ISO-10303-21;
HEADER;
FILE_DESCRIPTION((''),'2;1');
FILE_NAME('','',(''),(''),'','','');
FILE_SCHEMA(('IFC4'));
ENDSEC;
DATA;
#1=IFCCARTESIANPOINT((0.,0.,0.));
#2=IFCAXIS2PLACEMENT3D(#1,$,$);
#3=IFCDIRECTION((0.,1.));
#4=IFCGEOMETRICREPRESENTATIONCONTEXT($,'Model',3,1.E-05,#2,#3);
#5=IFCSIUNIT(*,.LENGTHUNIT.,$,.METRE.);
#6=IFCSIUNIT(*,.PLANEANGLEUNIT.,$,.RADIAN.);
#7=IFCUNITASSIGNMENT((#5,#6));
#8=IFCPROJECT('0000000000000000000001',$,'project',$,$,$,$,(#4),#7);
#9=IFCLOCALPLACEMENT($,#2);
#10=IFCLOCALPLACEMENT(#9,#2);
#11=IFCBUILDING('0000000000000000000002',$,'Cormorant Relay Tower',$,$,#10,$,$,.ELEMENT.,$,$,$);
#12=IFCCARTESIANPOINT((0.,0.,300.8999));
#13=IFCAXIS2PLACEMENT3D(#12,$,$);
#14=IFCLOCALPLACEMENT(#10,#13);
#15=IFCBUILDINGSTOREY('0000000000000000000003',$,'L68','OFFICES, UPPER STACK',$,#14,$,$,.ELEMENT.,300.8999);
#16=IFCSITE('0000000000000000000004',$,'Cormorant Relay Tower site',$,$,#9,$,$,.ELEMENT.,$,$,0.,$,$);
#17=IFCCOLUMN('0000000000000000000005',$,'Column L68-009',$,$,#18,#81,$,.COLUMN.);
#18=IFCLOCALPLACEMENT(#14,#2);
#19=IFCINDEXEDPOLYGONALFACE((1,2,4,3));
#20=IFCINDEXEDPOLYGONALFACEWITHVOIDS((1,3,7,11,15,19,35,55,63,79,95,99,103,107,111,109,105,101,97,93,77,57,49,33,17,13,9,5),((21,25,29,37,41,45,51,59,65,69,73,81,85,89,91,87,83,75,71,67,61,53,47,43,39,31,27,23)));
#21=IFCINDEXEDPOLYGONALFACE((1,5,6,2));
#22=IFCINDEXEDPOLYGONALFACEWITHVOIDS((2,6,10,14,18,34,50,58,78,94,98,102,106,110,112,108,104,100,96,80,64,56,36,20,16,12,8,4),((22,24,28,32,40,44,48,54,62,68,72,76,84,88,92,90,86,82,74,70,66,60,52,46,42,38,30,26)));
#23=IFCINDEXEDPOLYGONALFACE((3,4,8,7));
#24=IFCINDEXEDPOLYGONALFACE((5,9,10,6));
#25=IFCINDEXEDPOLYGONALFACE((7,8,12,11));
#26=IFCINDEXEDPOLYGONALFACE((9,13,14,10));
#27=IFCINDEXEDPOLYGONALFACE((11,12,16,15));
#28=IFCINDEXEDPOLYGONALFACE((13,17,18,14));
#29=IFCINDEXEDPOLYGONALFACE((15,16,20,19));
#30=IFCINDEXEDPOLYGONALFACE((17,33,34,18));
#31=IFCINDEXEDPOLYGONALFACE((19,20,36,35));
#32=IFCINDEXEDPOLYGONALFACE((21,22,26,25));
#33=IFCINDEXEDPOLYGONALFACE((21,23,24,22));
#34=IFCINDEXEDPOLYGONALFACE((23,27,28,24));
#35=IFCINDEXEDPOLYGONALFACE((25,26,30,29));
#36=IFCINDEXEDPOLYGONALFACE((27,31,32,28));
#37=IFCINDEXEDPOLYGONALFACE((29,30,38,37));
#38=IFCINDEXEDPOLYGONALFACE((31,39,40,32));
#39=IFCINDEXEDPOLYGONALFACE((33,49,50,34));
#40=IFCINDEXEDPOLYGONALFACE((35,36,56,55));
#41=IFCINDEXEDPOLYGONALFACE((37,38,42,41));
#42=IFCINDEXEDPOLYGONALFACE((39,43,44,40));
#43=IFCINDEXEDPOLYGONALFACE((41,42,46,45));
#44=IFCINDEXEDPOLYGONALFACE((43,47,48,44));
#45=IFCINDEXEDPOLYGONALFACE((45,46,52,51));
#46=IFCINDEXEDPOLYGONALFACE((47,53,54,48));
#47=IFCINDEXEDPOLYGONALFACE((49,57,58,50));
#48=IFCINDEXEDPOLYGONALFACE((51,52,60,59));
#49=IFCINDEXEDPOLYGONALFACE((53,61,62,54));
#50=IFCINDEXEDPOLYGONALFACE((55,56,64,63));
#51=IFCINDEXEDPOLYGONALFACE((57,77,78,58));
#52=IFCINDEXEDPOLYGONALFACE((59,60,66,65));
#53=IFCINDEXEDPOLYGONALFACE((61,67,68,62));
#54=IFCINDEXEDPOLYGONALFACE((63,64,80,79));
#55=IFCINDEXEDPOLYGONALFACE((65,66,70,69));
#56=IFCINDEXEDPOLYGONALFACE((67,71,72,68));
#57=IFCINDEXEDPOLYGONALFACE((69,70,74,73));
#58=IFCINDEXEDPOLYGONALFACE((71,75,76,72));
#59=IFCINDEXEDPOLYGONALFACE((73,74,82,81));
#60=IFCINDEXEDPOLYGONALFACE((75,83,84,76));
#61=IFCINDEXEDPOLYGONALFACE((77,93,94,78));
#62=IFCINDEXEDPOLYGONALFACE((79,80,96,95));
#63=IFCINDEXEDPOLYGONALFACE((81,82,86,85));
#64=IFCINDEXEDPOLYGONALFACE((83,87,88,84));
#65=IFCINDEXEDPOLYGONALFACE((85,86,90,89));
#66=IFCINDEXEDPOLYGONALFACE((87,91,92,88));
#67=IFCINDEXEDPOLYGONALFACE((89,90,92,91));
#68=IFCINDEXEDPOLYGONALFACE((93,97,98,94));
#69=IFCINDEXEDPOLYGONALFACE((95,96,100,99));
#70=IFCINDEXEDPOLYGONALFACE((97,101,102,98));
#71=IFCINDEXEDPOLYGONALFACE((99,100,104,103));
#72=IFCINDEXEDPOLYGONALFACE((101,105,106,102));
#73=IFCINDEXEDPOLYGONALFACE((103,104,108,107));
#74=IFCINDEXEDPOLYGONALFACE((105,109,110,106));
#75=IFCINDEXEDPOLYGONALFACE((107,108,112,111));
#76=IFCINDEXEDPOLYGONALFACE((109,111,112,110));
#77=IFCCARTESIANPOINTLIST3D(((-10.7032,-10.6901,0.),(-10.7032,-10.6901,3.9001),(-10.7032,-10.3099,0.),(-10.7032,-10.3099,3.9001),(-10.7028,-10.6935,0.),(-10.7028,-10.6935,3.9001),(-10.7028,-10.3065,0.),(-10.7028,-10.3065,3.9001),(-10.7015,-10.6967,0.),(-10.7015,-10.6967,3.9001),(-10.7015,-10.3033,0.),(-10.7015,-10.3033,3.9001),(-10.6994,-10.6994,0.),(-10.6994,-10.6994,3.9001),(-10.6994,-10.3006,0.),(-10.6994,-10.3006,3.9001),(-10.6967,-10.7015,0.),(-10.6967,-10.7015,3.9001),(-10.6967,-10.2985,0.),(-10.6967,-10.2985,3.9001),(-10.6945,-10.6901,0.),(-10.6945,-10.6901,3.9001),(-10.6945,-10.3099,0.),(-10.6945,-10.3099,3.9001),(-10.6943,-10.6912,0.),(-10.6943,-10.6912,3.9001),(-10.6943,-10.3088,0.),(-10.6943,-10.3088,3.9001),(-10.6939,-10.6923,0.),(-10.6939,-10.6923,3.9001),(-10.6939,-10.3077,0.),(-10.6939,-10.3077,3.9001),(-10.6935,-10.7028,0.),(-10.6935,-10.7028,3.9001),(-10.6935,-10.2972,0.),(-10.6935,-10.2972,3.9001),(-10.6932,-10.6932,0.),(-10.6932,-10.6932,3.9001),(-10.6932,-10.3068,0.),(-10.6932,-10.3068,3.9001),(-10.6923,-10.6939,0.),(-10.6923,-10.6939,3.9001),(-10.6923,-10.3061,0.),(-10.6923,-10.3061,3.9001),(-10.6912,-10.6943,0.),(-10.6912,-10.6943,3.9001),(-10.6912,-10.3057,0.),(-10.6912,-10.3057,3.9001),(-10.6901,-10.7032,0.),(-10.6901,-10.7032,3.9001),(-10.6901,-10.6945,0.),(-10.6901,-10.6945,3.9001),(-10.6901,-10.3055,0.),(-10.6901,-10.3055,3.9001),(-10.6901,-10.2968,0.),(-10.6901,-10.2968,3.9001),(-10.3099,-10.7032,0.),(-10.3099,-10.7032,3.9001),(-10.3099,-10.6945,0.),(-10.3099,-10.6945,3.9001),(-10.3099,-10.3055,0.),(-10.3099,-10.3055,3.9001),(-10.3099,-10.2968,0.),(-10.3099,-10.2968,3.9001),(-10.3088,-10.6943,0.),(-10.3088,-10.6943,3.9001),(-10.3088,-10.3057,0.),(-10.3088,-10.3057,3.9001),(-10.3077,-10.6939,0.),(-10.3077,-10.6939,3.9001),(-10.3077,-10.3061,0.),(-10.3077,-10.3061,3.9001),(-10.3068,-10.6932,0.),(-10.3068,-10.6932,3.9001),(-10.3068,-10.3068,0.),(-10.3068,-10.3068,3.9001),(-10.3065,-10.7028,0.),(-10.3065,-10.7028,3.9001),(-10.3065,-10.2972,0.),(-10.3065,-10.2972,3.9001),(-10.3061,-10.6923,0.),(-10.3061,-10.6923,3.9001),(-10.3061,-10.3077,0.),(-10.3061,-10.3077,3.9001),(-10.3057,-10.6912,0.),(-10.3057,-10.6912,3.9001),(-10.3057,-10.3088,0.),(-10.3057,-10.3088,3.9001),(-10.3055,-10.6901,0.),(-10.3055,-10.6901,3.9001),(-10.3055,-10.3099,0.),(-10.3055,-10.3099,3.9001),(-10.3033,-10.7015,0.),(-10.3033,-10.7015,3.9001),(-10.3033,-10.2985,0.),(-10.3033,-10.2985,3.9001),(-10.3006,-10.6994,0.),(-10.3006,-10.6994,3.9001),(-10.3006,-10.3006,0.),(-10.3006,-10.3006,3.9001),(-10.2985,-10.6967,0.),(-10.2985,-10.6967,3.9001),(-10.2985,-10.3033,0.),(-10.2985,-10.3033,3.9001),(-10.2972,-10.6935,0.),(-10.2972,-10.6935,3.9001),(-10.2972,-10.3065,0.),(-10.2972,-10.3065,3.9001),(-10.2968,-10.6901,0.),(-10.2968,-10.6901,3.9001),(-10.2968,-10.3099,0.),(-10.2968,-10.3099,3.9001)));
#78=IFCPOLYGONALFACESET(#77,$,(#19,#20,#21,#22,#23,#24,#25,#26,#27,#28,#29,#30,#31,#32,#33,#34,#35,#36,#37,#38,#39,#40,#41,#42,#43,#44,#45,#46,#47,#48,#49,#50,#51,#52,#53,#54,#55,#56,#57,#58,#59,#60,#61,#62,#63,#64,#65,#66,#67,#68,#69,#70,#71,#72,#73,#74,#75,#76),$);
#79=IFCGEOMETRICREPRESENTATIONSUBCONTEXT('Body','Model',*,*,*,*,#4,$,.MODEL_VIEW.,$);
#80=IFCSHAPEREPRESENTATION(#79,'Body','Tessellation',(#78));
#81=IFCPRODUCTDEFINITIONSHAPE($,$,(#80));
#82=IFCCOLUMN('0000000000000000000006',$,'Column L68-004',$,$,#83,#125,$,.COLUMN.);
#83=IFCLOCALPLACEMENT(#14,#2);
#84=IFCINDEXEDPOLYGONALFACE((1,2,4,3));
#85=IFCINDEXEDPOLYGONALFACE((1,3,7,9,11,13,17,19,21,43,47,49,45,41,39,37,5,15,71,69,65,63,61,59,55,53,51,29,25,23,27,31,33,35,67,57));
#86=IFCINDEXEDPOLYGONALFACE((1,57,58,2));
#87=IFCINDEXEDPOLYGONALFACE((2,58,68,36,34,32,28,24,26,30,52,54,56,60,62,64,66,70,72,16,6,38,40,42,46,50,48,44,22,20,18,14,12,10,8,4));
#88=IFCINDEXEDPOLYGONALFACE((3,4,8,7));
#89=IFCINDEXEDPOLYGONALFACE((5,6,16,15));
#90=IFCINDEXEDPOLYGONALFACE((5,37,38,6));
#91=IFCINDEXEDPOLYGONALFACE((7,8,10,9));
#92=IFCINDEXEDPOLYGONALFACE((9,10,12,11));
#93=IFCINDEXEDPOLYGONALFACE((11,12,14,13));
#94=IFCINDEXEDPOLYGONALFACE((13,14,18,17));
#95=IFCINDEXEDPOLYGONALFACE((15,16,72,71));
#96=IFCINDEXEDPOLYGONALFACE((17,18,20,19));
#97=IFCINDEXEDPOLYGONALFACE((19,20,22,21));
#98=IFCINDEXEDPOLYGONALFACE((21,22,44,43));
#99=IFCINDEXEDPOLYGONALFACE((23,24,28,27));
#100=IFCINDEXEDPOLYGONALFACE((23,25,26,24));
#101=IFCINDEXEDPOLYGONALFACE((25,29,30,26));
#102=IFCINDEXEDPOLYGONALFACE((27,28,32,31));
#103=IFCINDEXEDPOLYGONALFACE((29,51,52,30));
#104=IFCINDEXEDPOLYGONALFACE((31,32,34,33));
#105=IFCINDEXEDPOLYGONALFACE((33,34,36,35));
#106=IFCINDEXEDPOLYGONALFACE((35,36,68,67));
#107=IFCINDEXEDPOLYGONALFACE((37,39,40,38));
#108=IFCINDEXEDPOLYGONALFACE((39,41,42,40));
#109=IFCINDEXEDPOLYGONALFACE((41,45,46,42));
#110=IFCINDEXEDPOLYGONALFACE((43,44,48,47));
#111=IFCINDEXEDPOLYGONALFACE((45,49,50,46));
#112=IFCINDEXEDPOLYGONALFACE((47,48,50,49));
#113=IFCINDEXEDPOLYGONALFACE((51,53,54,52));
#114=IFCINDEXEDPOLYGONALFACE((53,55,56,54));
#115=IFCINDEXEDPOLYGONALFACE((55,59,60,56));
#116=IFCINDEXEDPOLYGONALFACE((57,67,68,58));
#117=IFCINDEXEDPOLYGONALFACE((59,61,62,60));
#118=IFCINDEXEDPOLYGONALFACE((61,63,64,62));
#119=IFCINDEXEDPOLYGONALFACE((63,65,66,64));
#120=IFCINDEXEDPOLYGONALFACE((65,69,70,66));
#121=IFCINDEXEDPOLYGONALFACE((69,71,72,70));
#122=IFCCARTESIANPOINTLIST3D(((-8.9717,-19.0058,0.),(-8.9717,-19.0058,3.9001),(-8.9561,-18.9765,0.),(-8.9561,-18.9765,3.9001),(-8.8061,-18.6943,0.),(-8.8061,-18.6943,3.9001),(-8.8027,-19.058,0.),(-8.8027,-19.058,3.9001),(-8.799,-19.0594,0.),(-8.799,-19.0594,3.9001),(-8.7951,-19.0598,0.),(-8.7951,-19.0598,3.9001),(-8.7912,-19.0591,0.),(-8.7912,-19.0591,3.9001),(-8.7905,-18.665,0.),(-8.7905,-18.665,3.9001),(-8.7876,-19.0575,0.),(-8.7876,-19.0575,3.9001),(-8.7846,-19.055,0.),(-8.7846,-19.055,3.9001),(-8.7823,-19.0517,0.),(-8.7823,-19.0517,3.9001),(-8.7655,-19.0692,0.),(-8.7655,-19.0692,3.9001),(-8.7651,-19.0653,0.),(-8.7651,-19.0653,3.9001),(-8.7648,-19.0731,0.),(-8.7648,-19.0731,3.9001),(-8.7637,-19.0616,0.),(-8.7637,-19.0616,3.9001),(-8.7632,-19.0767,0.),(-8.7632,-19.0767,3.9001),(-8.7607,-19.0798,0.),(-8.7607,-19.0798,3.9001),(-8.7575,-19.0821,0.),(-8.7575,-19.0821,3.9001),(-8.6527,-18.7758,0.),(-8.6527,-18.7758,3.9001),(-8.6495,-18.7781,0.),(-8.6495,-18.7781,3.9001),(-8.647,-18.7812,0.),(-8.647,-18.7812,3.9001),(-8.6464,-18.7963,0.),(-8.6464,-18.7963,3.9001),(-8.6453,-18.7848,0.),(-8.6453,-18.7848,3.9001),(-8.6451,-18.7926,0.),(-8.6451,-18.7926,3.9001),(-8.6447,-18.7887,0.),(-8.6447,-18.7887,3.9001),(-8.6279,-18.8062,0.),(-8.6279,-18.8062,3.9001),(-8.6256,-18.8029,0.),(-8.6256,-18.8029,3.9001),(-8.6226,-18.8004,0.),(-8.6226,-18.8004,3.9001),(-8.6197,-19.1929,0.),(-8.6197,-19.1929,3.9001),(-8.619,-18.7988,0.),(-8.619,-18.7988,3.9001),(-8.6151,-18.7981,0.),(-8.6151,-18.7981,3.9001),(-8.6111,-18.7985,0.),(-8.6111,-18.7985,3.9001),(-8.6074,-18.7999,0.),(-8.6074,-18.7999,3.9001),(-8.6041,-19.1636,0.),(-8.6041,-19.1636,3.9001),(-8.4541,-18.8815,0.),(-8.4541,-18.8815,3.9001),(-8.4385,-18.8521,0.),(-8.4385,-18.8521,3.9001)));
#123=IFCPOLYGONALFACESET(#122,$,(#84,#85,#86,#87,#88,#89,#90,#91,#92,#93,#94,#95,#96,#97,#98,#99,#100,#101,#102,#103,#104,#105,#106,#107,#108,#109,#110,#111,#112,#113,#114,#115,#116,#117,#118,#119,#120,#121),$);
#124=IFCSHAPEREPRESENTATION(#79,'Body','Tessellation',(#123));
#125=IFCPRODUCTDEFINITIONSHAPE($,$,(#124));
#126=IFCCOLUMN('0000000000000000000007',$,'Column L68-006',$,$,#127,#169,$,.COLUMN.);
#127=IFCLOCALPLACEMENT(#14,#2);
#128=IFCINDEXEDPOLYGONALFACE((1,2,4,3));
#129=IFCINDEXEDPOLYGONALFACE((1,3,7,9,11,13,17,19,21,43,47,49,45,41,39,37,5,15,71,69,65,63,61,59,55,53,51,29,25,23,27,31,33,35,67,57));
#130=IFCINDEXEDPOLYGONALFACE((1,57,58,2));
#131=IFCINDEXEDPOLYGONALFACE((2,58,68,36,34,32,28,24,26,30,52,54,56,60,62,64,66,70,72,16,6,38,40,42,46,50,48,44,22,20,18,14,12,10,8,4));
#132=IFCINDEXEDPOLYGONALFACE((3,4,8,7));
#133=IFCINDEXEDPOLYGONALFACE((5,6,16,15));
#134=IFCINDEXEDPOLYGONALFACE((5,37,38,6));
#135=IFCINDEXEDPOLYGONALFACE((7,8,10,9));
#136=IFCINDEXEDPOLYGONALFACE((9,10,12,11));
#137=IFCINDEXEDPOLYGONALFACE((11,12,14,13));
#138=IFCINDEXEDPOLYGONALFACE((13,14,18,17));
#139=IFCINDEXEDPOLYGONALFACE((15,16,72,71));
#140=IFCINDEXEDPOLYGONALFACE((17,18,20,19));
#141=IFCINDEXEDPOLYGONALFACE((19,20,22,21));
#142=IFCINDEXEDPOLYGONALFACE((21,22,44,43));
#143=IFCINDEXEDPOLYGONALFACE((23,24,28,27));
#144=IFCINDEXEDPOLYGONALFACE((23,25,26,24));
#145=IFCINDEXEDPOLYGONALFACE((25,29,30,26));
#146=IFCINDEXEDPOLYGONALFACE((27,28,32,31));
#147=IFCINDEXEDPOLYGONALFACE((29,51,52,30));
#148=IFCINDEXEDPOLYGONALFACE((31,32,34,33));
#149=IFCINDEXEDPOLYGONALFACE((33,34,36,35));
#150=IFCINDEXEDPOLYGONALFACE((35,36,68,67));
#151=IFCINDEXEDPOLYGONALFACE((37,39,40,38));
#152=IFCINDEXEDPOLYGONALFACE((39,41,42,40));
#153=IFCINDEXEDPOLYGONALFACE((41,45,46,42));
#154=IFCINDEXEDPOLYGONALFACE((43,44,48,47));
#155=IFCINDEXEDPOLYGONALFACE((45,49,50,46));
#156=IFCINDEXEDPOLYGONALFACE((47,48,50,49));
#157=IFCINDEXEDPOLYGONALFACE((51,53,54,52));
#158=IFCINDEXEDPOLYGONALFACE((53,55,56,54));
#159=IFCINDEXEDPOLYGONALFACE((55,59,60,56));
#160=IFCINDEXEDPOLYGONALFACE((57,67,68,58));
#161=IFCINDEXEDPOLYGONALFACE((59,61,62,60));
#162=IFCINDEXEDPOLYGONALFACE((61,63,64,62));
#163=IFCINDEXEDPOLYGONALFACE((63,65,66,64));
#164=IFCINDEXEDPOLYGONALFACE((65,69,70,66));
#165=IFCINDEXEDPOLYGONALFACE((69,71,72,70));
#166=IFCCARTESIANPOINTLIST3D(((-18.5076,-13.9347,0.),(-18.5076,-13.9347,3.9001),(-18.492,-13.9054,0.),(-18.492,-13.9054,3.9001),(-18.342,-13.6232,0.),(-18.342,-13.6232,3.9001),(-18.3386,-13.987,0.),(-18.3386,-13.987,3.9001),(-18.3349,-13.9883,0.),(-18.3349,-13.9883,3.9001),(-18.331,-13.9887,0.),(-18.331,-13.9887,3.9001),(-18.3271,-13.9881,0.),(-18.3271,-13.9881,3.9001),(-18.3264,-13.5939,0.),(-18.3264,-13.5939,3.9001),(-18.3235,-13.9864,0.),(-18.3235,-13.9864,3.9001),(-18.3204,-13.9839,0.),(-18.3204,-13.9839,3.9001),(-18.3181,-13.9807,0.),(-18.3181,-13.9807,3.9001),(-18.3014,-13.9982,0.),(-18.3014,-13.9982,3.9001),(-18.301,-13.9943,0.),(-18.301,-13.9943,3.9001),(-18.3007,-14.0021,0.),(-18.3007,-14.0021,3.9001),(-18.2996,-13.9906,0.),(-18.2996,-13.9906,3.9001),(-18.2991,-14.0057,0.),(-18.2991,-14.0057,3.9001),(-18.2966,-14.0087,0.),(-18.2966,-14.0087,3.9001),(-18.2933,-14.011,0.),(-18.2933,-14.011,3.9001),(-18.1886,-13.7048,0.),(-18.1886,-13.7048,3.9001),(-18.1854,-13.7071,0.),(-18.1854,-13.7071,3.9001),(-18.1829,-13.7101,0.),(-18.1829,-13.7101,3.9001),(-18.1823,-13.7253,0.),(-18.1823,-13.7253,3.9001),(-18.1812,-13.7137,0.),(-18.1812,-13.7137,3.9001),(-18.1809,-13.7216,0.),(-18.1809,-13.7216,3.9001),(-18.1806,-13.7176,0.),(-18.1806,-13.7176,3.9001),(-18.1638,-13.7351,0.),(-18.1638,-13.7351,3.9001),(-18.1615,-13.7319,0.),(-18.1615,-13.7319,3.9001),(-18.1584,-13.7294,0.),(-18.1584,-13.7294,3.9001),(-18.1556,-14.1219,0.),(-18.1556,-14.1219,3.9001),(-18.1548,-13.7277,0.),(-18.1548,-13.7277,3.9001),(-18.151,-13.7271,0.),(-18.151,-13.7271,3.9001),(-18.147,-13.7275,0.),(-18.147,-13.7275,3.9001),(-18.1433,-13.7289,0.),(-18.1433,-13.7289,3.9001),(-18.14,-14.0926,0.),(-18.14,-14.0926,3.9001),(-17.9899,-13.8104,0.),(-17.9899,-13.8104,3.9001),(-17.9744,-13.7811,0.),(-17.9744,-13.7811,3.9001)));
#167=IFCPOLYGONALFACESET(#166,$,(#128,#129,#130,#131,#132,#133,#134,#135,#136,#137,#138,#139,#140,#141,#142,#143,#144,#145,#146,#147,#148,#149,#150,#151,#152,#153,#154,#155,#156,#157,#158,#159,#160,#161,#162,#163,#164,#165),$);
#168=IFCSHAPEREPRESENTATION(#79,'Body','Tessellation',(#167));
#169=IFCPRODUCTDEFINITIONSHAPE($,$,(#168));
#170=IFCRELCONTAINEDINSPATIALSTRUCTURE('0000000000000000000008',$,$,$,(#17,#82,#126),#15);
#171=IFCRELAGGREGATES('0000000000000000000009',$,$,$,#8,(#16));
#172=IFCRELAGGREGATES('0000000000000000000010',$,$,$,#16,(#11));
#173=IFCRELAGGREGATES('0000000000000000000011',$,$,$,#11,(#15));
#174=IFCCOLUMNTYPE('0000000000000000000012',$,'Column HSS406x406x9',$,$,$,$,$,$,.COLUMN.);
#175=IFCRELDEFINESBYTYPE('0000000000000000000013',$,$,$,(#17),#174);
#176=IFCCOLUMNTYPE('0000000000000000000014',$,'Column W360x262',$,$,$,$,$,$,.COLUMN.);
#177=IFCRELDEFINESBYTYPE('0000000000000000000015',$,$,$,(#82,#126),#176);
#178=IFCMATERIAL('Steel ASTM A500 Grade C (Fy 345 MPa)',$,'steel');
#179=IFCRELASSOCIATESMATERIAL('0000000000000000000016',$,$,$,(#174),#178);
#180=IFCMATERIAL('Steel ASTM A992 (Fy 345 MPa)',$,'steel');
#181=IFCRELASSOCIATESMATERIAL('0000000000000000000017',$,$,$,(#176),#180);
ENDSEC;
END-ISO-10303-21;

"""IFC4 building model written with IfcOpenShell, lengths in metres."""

from ifc_helpers import new_model, si_unit, direction, frame, origin, origin_2d, place, context, subcontext, project, spatial, hollow_rectangle, i_section, extrude, material, material_profile, profile_set, type_object, element, save


model = new_model("IFC4")

# Units and contexts
model_context = context("Model", 3, precision=1e-05, world=origin(), true_north=direction((0.0, 1.0)))
body_context = subcontext(model_context, "Body", "Model", "MODEL_VIEW")
ifc_project = project(units=[si_unit("LENGTHUNIT", "METRE"), si_unit("PLANEANGLEUNIT", "RADIAN")], contexts=[model_context])

# Site, building, storey
site_placement = place(None, origin())
site = spatial("IfcSite", under=ifc_project, at=site_placement, Name="Cormorant Relay Tower site", CompositionType="ELEMENT", RefElevation=0.0)
building_placement = place(site_placement, origin())
building = spatial("IfcBuilding", under=site, at=building_placement, Name="Cormorant Relay Tower", CompositionType="ELEMENT")
storey_placement = place(building_placement, frame((0.0, 0.0, 300.8999)))
storey = spatial("IfcBuildingStorey", under=building, at=storey_placement, Name="L68", Description="OFFICES, UPPER STACK", CompositionType="ELEMENT", Elevation=300.8999)

# Columns
ifc_material_1 = material(Name="Steel ASTM A500 Grade C (Fy 345 MPa)", Category="steel")
ifc_material_profile_1 = material_profile(ifc_material_1, hollow_rectangle(XDim=0.4065, YDim=0.4065, WallThickness=0.0088, InnerFilletRadius=0.0044, OuterFilletRadius=0.0132, at=origin_2d()), Name="HSS406x406x9")
ifc_profile_set_1 = profile_set([ifc_material_profile_1], Name="Steel ASTM A500 Grade C (Fy 345 MPa)")
column_type_1 = type_object("IfcColumnType", Name="Column HSS406x406x9", PredefinedType="COLUMN", material=ifc_profile_set_1)
column_placement = place(storey_placement, frame((-10.5, -10.5, 0.0), z_axis=(0.0, 0.0, 1.0), x_axis=(1.0, 0.0, 0.0)))
element("IfcColumn", 1, at=column_placement, inside=storey, type_object=column_type_1, Name="Column L68-009", PredefinedType="COLUMN", context=body_context, shape_type="SweptSolid", body=[
    extrude(hollow_rectangle(XDim=0.4065, YDim=0.4065, WallThickness=0.0088, InnerFilletRadius=0.0044, OuterFilletRadius=0.0132, at=origin_2d()), origin(), (0.0, 0.0, 1.0), 3.9001),
])
ifc_material_2 = material(Name="Steel ASTM A992 (Fy 345 MPa)", Category="steel")
ifc_material_profile_2 = material_profile(ifc_material_2, i_section(OverallWidth=0.3987, OverallDepth=0.386, WebThickness=0.021, FlangeThickness=0.0332, FilletRadius=0.0151, at=origin_2d()), Name="W360x262")
ifc_profile_set_2 = profile_set([ifc_material_profile_2], Name="Steel ASTM A992 (Fy 345 MPa)")
column_type_2 = type_object("IfcColumnType", Name="Column W360x262", PredefinedType="COLUMN", material=ifc_profile_set_2)
for number, where, z_axis, x_axis, name in (
    (2, (-8.7051, -18.929, 0.0), (0.0, 0.0, 1.0), (0.882948, -0.469472, 0.0), "Column L68-004"),
    (3, (-18.241, -13.8579, 0.0), (0.0, 0.0, 1.0), (0.882948, -0.469472, 0.0), "Column L68-006"),
):
    element("IfcColumn", number, at=place(storey_placement, frame(where, z_axis=z_axis, x_axis=x_axis)), inside=storey, type_object=column_type_2, Name=name, PredefinedType="COLUMN", context=body_context, shape_type="SweptSolid", body=[
        extrude(i_section(OverallWidth=0.3987, OverallDepth=0.386, WebThickness=0.021, FlangeThickness=0.0332, FilletRadius=0.0151, at=origin_2d()), origin(), (0.0, 0.0, 1.0), 3.9001),
    ])

save(model, "model.ifc")
